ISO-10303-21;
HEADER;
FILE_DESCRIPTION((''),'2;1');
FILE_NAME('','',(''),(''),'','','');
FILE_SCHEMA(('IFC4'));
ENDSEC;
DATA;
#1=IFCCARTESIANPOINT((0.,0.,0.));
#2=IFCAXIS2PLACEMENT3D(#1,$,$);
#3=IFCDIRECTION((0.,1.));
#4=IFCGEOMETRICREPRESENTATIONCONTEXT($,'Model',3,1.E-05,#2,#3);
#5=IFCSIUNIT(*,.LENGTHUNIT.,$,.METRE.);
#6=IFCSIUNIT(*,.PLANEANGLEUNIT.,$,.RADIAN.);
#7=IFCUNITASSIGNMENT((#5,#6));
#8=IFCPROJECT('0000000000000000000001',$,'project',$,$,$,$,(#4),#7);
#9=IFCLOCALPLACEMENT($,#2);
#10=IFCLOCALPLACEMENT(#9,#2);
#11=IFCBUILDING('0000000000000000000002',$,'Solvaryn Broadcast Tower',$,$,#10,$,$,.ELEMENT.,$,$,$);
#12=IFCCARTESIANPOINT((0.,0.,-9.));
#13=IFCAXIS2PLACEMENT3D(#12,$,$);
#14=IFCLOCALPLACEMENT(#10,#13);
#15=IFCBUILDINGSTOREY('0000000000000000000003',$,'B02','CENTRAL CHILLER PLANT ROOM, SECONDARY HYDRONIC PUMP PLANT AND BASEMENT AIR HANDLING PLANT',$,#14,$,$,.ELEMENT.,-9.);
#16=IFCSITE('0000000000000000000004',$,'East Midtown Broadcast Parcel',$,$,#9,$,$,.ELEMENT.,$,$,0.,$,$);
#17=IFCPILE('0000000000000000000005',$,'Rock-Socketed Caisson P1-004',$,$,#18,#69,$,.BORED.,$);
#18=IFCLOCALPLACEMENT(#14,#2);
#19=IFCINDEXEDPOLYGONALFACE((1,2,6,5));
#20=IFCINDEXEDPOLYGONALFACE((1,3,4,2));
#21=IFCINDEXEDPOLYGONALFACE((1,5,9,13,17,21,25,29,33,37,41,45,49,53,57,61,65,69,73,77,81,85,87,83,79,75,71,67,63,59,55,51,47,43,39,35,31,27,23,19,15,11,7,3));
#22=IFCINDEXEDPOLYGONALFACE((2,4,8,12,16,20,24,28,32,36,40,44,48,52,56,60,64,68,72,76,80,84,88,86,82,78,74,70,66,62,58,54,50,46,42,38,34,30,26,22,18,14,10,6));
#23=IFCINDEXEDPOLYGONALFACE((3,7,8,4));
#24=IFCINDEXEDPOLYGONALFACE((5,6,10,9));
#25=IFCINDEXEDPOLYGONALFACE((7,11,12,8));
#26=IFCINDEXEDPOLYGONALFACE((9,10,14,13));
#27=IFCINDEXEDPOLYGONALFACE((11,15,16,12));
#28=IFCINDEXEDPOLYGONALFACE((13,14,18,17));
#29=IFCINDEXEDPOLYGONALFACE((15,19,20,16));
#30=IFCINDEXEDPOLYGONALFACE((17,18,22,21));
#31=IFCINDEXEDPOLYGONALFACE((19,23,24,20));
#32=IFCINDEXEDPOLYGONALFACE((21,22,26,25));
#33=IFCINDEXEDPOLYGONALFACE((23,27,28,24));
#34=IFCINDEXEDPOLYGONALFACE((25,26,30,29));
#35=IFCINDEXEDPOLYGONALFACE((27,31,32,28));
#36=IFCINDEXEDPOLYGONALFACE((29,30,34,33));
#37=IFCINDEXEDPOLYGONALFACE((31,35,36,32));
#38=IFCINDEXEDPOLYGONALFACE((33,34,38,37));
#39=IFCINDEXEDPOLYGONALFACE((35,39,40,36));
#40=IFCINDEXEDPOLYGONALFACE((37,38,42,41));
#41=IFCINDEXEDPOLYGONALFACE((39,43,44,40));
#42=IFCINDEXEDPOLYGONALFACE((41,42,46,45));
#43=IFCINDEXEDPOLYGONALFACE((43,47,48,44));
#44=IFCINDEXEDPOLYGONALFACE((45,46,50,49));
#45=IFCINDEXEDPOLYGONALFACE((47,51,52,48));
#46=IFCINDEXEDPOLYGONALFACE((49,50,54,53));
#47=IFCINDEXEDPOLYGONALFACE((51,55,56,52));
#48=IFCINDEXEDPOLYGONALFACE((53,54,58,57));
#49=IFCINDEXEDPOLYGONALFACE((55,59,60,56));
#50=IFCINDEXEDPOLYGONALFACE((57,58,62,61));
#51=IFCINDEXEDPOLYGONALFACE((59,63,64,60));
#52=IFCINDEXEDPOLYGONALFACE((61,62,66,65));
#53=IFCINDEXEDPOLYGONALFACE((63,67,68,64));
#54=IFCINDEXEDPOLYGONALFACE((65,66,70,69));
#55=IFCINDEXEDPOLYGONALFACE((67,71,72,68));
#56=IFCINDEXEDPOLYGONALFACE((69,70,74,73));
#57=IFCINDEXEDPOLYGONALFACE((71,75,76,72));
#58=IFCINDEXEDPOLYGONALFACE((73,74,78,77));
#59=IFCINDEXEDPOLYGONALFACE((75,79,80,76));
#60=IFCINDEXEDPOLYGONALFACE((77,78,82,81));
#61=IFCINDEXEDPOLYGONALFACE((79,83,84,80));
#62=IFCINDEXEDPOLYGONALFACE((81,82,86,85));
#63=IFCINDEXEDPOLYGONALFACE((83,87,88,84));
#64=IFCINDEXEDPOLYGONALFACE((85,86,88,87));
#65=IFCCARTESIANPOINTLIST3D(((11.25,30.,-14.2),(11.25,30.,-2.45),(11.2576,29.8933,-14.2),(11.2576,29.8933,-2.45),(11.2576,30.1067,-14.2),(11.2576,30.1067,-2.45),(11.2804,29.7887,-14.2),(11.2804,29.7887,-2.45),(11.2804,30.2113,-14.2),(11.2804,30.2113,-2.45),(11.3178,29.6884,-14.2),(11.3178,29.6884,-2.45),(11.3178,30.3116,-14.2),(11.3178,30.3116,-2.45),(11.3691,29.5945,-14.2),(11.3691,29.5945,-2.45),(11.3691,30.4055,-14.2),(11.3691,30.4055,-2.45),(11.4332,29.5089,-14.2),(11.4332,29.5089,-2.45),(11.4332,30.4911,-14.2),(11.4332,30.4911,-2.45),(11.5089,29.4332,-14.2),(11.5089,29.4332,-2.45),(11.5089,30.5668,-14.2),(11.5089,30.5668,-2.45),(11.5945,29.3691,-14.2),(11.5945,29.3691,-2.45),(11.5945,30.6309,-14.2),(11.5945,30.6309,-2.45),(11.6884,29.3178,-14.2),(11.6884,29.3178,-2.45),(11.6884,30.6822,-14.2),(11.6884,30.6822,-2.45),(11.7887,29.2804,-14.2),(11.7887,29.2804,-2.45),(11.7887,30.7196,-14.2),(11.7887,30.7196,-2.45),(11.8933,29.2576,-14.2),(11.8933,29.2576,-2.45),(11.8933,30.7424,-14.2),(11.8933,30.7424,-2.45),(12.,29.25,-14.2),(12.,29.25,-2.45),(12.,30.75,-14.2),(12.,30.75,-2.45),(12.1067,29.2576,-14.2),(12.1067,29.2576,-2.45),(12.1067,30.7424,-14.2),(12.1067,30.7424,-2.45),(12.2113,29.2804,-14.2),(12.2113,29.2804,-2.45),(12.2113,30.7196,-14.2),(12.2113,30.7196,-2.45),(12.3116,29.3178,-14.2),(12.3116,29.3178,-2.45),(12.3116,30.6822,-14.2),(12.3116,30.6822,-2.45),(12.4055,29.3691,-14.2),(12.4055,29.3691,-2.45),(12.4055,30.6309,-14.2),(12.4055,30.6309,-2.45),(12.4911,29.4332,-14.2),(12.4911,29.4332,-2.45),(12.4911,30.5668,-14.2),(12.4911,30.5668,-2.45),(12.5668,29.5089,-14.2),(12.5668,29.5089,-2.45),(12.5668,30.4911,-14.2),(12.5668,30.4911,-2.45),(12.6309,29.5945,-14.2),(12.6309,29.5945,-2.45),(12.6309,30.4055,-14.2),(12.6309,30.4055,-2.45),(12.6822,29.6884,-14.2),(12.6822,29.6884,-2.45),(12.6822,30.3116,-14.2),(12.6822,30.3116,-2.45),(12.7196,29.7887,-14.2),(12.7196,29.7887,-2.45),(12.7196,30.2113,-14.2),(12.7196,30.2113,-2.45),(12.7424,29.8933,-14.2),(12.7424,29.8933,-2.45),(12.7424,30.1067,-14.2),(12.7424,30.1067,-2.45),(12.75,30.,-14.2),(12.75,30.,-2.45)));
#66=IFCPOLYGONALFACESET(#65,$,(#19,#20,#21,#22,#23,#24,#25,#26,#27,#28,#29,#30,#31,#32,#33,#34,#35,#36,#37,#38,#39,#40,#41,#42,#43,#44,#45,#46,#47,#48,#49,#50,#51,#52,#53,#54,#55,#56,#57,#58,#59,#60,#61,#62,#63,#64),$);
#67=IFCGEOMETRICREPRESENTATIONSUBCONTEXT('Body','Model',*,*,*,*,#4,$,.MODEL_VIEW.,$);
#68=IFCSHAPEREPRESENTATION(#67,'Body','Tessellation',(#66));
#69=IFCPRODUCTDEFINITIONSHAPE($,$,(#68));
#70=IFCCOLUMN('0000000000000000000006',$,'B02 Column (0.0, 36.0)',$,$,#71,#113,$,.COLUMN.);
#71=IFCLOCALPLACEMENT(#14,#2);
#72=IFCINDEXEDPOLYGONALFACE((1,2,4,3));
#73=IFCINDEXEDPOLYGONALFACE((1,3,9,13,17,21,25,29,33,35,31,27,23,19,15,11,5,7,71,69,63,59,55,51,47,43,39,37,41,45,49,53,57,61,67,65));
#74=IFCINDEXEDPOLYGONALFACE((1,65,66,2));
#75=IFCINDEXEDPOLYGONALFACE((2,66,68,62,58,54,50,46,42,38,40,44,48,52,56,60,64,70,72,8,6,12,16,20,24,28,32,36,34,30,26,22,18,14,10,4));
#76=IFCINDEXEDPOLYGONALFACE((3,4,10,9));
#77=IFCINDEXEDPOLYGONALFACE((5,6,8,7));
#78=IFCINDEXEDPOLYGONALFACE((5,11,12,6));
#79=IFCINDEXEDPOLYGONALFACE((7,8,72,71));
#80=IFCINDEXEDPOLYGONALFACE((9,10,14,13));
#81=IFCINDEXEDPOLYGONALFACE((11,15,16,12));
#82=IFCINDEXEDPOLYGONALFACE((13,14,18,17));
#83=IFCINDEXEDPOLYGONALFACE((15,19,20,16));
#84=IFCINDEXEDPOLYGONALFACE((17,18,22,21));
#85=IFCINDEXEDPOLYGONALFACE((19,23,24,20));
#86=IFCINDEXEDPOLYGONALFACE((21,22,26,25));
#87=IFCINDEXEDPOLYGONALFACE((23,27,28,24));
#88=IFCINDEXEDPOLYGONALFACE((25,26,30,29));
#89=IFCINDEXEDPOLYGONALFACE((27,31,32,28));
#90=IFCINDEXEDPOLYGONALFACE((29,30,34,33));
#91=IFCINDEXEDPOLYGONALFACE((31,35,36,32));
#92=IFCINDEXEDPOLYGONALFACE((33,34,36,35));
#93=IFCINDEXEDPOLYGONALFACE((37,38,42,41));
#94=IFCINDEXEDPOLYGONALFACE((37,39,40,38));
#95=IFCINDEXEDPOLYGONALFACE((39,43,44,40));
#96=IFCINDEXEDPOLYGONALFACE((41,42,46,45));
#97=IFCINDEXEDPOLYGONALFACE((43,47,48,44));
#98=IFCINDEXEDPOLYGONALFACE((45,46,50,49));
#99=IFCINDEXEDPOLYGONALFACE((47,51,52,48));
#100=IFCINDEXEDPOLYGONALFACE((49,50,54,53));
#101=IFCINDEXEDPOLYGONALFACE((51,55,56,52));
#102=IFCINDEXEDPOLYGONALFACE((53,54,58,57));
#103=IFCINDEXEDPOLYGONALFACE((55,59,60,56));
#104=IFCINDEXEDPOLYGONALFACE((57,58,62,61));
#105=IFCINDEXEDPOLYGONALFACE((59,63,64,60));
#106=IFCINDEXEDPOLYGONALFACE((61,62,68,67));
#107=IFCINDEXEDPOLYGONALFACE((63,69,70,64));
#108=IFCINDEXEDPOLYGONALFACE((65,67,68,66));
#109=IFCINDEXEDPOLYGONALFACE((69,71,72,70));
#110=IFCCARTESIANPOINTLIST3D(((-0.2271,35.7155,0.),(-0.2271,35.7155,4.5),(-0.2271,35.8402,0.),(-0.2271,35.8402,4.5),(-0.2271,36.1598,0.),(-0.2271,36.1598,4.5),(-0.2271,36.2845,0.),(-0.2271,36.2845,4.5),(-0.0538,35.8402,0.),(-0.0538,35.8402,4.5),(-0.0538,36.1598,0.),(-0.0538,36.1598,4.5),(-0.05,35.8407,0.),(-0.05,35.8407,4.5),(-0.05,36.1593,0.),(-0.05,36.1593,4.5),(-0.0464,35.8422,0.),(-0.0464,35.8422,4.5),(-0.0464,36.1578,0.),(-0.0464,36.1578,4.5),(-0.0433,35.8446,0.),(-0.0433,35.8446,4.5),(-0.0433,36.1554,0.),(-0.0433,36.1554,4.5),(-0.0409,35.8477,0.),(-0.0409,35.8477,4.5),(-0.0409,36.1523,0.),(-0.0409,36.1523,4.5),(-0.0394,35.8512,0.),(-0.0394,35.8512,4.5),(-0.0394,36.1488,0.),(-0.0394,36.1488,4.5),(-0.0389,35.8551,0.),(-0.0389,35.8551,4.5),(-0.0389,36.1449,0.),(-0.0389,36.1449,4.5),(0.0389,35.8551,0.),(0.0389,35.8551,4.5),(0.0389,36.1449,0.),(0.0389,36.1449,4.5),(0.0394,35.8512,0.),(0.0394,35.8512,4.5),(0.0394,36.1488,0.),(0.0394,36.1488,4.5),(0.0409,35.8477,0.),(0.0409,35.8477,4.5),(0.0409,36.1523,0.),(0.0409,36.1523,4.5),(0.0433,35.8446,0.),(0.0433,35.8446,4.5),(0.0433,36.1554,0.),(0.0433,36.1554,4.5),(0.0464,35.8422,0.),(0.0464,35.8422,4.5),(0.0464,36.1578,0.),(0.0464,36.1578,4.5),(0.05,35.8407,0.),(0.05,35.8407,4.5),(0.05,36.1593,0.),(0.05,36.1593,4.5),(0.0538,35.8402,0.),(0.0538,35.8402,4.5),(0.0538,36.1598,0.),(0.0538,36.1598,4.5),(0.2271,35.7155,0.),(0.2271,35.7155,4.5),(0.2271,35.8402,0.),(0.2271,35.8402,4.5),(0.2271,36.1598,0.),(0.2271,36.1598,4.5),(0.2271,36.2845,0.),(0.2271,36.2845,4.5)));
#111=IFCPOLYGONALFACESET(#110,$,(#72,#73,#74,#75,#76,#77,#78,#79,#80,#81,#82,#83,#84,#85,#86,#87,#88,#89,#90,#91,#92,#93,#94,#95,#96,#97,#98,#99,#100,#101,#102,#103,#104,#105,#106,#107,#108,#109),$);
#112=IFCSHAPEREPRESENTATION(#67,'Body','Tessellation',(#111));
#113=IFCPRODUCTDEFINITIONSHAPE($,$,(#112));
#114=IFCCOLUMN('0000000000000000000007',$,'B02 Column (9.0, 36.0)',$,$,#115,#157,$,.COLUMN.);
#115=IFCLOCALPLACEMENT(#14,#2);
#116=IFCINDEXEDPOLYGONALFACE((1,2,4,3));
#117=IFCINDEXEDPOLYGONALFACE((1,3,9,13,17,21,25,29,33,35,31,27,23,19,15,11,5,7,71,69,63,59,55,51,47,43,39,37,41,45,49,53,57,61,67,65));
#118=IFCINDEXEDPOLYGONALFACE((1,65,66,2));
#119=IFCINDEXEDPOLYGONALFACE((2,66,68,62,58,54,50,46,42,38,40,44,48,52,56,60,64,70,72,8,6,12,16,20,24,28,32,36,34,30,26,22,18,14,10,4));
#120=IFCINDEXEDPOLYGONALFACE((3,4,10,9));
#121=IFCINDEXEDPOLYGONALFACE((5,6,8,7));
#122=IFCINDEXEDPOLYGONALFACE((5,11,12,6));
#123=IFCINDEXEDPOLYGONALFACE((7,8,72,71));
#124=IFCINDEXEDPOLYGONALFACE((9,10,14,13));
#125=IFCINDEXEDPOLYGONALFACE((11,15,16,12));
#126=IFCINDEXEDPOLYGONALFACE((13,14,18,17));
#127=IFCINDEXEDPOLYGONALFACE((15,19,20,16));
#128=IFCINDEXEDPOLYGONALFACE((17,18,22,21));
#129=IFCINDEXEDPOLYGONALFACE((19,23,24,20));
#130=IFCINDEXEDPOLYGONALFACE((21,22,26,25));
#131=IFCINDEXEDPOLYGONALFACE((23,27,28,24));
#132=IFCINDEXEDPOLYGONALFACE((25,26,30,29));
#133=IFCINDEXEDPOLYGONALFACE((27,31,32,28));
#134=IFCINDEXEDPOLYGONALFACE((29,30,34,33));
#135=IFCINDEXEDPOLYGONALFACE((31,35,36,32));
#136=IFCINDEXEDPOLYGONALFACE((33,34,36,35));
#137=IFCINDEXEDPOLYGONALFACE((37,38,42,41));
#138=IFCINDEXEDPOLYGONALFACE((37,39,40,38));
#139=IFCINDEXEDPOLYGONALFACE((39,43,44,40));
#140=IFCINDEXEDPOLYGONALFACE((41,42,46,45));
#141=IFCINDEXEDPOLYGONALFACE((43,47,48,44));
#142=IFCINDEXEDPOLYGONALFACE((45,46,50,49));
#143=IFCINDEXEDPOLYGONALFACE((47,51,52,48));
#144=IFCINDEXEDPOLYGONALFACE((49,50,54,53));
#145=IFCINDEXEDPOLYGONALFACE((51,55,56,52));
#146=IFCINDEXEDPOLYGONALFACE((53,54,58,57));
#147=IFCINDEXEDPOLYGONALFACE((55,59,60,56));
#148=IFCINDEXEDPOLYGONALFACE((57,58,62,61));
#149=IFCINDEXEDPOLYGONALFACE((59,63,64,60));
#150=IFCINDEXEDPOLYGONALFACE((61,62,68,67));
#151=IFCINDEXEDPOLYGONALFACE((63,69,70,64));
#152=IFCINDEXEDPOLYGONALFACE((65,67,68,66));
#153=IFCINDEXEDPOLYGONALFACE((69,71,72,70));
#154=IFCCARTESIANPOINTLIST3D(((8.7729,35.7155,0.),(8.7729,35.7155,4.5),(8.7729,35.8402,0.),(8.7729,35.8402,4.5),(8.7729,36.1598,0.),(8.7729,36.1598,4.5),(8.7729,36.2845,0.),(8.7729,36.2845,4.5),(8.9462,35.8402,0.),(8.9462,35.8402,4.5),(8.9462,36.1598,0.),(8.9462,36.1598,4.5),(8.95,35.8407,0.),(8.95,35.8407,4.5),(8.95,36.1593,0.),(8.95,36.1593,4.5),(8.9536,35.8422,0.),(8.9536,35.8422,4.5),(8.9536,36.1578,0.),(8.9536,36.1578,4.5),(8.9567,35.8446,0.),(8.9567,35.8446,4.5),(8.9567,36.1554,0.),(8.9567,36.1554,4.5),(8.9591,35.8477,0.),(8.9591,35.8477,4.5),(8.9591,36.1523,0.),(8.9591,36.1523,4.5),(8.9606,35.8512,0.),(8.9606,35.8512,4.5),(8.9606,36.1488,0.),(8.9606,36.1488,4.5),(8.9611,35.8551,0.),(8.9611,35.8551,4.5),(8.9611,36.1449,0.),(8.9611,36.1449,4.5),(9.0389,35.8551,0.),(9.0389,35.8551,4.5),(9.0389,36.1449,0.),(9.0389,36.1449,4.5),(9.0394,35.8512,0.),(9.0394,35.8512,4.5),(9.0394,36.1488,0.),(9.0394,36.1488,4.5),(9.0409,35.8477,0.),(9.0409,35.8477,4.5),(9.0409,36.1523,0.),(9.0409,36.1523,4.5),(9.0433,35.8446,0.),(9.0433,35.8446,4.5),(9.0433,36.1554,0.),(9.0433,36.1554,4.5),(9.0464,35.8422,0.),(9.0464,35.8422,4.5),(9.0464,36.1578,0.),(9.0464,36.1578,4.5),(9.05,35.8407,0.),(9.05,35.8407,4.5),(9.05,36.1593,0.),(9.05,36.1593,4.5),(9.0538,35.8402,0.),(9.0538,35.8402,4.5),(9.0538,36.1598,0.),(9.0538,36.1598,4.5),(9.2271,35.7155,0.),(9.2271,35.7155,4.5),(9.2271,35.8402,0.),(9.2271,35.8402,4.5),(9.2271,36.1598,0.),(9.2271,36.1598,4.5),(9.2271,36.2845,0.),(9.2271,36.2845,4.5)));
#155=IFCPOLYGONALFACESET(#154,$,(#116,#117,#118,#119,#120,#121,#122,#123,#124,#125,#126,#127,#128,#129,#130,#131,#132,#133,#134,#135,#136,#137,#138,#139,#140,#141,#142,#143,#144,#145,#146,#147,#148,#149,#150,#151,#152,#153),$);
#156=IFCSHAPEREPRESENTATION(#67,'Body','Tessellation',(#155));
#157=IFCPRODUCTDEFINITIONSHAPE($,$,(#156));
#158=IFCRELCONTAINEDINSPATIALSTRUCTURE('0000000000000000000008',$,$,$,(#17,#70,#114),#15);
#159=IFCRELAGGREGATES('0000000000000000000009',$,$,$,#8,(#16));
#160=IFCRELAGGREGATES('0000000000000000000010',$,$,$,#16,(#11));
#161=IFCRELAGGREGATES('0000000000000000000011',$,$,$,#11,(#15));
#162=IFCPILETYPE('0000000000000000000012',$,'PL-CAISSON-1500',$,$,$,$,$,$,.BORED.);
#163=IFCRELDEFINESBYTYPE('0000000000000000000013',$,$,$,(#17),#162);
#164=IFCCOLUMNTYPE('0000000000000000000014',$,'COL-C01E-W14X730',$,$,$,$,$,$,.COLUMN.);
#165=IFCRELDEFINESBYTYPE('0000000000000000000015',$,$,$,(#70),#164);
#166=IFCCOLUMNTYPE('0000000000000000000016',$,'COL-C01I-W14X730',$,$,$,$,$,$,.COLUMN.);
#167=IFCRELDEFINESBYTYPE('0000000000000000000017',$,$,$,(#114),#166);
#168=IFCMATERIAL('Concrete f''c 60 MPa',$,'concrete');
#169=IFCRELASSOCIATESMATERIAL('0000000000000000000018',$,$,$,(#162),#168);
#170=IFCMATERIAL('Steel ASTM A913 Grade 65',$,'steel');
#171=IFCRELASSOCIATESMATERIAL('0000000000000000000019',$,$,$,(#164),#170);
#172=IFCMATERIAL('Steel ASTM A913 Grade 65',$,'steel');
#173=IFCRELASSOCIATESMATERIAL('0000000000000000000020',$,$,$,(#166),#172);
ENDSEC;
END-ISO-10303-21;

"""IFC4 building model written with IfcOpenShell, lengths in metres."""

from ifc_helpers import new_model, si_unit, direction, frame, origin, origin_2d, place, context, subcontext, project, spatial, circle, i_section, extrude, material, material_profile, profile_set, type_object, element, save


model = new_model("IFC4")

# Units and contexts
model_context = context("Model", 3, precision=1e-05, world=origin(), true_north=direction((0.0, 1.0)))
body_context = subcontext(model_context, "Body", "Model", "MODEL_VIEW")
ifc_project = project(units=[si_unit("LENGTHUNIT", "METRE"), si_unit("PLANEANGLEUNIT", "RADIAN")], contexts=[model_context])

# Site, building, storey
site_placement = place(None, origin())
site = spatial("IfcSite", under=ifc_project, at=site_placement, Name="East Midtown Broadcast Parcel", CompositionType="ELEMENT", RefElevation=0.0)
building_placement = place(site_placement, origin())
building = spatial("IfcBuilding", under=site, at=building_placement, Name="Solvaryn Broadcast Tower", CompositionType="ELEMENT")
storey_placement = place(building_placement, frame((0.0, 0.0, -9.0)))
storey = spatial("IfcBuildingStorey", under=building, at=storey_placement, Name="B02", Description="CENTRAL CHILLER PLANT ROOM, SECONDARY HYDRONIC PUMP PLANT AND BASEMENT AIR HANDLING PLANT", CompositionType="ELEMENT", Elevation=-9.0)

# Pile
ifc_material_1 = material(Name="Concrete f'c 60 MPa", Category="concrete")
ifc_material_profile_1 = material_profile(ifc_material_1, circle(Radius=0.75, at=origin_2d()))
ifc_profile_set_1 = profile_set([ifc_material_profile_1], Name="Concrete f'c 60 MPa")
pile_type = type_object("IfcPileType", Name="PL-CAISSON-1500", PredefinedType="BORED", material=ifc_profile_set_1)
pile_placement = place(storey_placement, frame((12.0, 30.0, -2.45), z_axis=(0.0, 0.0, -1.0), x_axis=(1.0, 0.0, 0.0)))
element("IfcPile", 1, at=pile_placement, inside=storey, type_object=pile_type, Name="Rock-Socketed Caisson P1-004", PredefinedType="BORED", context=body_context, shape_type="SweptSolid", body=[
    extrude(circle(Radius=0.75, at=origin_2d()), origin(), (0.0, 0.0, 1.0), 11.75),
])

# Columns
ifc_material_2 = material(Name="Steel ASTM A913 Grade 65", Category="steel")
ifc_material_profile_2 = material_profile(ifc_material_2, i_section(OverallWidth=0.4541, OverallDepth=0.5691, WebThickness=0.0779, FlangeThickness=0.1248, FilletRadius=0.0149, at=origin_2d()))
ifc_profile_set_2 = profile_set([ifc_material_profile_2], Name="Steel ASTM A913 Grade 65")
column_type_1 = type_object("IfcColumnType", Name="COL-C01E-W14X730", PredefinedType="COLUMN", material=ifc_profile_set_2)
column_placement = place(storey_placement, frame((0.0, 36.0, 0.0), z_axis=(0.0, 0.0, 1.0), x_axis=(1.0, 0.0, 0.0)))
element("IfcColumn", 2, at=column_placement, inside=storey, type_object=column_type_1, Name="B02 Column (0.0, 36.0)", PredefinedType="COLUMN", context=body_context, shape_type="SweptSolid", body=[
    extrude(i_section(OverallWidth=0.4541, OverallDepth=0.5691, WebThickness=0.0779, FlangeThickness=0.1248, FilletRadius=0.0149, at=origin_2d()), origin(), (0.0, 0.0, 1.0), 4.5),
])
ifc_material_3 = material(Name="Steel ASTM A913 Grade 65", Category="steel")
ifc_material_profile_3 = material_profile(ifc_material_3, i_section(OverallWidth=0.4541, OverallDepth=0.5691, WebThickness=0.0779, FlangeThickness=0.1248, FilletRadius=0.0149, at=origin_2d()))
ifc_profile_set_3 = profile_set([ifc_material_profile_3], Name="Steel ASTM A913 Grade 65")
column_type_2 = type_object("IfcColumnType", Name="COL-C01I-W14X730", PredefinedType="COLUMN", material=ifc_profile_set_3)
for number, where, z_axis, x_axis, name in (
    (3, (9.0, 36.0, 0.0), (0.0, 0.0, 1.0), (1.0, 0.0, 0.0), "B02 Column (9.0, 36.0)"),
):
    element("IfcColumn", number, at=place(storey_placement, frame(where, z_axis=z_axis, x_axis=x_axis)), inside=storey, type_object=column_type_2, Name=name, PredefinedType="COLUMN", context=body_context, shape_type="SweptSolid", body=[
        extrude(i_section(OverallWidth=0.4541, OverallDepth=0.5691, WebThickness=0.0779, FlangeThickness=0.1248, FilletRadius=0.0149, at=origin_2d()), origin(), (0.0, 0.0, 1.0), 4.5),
    ])

save(model, "model.ifc")
